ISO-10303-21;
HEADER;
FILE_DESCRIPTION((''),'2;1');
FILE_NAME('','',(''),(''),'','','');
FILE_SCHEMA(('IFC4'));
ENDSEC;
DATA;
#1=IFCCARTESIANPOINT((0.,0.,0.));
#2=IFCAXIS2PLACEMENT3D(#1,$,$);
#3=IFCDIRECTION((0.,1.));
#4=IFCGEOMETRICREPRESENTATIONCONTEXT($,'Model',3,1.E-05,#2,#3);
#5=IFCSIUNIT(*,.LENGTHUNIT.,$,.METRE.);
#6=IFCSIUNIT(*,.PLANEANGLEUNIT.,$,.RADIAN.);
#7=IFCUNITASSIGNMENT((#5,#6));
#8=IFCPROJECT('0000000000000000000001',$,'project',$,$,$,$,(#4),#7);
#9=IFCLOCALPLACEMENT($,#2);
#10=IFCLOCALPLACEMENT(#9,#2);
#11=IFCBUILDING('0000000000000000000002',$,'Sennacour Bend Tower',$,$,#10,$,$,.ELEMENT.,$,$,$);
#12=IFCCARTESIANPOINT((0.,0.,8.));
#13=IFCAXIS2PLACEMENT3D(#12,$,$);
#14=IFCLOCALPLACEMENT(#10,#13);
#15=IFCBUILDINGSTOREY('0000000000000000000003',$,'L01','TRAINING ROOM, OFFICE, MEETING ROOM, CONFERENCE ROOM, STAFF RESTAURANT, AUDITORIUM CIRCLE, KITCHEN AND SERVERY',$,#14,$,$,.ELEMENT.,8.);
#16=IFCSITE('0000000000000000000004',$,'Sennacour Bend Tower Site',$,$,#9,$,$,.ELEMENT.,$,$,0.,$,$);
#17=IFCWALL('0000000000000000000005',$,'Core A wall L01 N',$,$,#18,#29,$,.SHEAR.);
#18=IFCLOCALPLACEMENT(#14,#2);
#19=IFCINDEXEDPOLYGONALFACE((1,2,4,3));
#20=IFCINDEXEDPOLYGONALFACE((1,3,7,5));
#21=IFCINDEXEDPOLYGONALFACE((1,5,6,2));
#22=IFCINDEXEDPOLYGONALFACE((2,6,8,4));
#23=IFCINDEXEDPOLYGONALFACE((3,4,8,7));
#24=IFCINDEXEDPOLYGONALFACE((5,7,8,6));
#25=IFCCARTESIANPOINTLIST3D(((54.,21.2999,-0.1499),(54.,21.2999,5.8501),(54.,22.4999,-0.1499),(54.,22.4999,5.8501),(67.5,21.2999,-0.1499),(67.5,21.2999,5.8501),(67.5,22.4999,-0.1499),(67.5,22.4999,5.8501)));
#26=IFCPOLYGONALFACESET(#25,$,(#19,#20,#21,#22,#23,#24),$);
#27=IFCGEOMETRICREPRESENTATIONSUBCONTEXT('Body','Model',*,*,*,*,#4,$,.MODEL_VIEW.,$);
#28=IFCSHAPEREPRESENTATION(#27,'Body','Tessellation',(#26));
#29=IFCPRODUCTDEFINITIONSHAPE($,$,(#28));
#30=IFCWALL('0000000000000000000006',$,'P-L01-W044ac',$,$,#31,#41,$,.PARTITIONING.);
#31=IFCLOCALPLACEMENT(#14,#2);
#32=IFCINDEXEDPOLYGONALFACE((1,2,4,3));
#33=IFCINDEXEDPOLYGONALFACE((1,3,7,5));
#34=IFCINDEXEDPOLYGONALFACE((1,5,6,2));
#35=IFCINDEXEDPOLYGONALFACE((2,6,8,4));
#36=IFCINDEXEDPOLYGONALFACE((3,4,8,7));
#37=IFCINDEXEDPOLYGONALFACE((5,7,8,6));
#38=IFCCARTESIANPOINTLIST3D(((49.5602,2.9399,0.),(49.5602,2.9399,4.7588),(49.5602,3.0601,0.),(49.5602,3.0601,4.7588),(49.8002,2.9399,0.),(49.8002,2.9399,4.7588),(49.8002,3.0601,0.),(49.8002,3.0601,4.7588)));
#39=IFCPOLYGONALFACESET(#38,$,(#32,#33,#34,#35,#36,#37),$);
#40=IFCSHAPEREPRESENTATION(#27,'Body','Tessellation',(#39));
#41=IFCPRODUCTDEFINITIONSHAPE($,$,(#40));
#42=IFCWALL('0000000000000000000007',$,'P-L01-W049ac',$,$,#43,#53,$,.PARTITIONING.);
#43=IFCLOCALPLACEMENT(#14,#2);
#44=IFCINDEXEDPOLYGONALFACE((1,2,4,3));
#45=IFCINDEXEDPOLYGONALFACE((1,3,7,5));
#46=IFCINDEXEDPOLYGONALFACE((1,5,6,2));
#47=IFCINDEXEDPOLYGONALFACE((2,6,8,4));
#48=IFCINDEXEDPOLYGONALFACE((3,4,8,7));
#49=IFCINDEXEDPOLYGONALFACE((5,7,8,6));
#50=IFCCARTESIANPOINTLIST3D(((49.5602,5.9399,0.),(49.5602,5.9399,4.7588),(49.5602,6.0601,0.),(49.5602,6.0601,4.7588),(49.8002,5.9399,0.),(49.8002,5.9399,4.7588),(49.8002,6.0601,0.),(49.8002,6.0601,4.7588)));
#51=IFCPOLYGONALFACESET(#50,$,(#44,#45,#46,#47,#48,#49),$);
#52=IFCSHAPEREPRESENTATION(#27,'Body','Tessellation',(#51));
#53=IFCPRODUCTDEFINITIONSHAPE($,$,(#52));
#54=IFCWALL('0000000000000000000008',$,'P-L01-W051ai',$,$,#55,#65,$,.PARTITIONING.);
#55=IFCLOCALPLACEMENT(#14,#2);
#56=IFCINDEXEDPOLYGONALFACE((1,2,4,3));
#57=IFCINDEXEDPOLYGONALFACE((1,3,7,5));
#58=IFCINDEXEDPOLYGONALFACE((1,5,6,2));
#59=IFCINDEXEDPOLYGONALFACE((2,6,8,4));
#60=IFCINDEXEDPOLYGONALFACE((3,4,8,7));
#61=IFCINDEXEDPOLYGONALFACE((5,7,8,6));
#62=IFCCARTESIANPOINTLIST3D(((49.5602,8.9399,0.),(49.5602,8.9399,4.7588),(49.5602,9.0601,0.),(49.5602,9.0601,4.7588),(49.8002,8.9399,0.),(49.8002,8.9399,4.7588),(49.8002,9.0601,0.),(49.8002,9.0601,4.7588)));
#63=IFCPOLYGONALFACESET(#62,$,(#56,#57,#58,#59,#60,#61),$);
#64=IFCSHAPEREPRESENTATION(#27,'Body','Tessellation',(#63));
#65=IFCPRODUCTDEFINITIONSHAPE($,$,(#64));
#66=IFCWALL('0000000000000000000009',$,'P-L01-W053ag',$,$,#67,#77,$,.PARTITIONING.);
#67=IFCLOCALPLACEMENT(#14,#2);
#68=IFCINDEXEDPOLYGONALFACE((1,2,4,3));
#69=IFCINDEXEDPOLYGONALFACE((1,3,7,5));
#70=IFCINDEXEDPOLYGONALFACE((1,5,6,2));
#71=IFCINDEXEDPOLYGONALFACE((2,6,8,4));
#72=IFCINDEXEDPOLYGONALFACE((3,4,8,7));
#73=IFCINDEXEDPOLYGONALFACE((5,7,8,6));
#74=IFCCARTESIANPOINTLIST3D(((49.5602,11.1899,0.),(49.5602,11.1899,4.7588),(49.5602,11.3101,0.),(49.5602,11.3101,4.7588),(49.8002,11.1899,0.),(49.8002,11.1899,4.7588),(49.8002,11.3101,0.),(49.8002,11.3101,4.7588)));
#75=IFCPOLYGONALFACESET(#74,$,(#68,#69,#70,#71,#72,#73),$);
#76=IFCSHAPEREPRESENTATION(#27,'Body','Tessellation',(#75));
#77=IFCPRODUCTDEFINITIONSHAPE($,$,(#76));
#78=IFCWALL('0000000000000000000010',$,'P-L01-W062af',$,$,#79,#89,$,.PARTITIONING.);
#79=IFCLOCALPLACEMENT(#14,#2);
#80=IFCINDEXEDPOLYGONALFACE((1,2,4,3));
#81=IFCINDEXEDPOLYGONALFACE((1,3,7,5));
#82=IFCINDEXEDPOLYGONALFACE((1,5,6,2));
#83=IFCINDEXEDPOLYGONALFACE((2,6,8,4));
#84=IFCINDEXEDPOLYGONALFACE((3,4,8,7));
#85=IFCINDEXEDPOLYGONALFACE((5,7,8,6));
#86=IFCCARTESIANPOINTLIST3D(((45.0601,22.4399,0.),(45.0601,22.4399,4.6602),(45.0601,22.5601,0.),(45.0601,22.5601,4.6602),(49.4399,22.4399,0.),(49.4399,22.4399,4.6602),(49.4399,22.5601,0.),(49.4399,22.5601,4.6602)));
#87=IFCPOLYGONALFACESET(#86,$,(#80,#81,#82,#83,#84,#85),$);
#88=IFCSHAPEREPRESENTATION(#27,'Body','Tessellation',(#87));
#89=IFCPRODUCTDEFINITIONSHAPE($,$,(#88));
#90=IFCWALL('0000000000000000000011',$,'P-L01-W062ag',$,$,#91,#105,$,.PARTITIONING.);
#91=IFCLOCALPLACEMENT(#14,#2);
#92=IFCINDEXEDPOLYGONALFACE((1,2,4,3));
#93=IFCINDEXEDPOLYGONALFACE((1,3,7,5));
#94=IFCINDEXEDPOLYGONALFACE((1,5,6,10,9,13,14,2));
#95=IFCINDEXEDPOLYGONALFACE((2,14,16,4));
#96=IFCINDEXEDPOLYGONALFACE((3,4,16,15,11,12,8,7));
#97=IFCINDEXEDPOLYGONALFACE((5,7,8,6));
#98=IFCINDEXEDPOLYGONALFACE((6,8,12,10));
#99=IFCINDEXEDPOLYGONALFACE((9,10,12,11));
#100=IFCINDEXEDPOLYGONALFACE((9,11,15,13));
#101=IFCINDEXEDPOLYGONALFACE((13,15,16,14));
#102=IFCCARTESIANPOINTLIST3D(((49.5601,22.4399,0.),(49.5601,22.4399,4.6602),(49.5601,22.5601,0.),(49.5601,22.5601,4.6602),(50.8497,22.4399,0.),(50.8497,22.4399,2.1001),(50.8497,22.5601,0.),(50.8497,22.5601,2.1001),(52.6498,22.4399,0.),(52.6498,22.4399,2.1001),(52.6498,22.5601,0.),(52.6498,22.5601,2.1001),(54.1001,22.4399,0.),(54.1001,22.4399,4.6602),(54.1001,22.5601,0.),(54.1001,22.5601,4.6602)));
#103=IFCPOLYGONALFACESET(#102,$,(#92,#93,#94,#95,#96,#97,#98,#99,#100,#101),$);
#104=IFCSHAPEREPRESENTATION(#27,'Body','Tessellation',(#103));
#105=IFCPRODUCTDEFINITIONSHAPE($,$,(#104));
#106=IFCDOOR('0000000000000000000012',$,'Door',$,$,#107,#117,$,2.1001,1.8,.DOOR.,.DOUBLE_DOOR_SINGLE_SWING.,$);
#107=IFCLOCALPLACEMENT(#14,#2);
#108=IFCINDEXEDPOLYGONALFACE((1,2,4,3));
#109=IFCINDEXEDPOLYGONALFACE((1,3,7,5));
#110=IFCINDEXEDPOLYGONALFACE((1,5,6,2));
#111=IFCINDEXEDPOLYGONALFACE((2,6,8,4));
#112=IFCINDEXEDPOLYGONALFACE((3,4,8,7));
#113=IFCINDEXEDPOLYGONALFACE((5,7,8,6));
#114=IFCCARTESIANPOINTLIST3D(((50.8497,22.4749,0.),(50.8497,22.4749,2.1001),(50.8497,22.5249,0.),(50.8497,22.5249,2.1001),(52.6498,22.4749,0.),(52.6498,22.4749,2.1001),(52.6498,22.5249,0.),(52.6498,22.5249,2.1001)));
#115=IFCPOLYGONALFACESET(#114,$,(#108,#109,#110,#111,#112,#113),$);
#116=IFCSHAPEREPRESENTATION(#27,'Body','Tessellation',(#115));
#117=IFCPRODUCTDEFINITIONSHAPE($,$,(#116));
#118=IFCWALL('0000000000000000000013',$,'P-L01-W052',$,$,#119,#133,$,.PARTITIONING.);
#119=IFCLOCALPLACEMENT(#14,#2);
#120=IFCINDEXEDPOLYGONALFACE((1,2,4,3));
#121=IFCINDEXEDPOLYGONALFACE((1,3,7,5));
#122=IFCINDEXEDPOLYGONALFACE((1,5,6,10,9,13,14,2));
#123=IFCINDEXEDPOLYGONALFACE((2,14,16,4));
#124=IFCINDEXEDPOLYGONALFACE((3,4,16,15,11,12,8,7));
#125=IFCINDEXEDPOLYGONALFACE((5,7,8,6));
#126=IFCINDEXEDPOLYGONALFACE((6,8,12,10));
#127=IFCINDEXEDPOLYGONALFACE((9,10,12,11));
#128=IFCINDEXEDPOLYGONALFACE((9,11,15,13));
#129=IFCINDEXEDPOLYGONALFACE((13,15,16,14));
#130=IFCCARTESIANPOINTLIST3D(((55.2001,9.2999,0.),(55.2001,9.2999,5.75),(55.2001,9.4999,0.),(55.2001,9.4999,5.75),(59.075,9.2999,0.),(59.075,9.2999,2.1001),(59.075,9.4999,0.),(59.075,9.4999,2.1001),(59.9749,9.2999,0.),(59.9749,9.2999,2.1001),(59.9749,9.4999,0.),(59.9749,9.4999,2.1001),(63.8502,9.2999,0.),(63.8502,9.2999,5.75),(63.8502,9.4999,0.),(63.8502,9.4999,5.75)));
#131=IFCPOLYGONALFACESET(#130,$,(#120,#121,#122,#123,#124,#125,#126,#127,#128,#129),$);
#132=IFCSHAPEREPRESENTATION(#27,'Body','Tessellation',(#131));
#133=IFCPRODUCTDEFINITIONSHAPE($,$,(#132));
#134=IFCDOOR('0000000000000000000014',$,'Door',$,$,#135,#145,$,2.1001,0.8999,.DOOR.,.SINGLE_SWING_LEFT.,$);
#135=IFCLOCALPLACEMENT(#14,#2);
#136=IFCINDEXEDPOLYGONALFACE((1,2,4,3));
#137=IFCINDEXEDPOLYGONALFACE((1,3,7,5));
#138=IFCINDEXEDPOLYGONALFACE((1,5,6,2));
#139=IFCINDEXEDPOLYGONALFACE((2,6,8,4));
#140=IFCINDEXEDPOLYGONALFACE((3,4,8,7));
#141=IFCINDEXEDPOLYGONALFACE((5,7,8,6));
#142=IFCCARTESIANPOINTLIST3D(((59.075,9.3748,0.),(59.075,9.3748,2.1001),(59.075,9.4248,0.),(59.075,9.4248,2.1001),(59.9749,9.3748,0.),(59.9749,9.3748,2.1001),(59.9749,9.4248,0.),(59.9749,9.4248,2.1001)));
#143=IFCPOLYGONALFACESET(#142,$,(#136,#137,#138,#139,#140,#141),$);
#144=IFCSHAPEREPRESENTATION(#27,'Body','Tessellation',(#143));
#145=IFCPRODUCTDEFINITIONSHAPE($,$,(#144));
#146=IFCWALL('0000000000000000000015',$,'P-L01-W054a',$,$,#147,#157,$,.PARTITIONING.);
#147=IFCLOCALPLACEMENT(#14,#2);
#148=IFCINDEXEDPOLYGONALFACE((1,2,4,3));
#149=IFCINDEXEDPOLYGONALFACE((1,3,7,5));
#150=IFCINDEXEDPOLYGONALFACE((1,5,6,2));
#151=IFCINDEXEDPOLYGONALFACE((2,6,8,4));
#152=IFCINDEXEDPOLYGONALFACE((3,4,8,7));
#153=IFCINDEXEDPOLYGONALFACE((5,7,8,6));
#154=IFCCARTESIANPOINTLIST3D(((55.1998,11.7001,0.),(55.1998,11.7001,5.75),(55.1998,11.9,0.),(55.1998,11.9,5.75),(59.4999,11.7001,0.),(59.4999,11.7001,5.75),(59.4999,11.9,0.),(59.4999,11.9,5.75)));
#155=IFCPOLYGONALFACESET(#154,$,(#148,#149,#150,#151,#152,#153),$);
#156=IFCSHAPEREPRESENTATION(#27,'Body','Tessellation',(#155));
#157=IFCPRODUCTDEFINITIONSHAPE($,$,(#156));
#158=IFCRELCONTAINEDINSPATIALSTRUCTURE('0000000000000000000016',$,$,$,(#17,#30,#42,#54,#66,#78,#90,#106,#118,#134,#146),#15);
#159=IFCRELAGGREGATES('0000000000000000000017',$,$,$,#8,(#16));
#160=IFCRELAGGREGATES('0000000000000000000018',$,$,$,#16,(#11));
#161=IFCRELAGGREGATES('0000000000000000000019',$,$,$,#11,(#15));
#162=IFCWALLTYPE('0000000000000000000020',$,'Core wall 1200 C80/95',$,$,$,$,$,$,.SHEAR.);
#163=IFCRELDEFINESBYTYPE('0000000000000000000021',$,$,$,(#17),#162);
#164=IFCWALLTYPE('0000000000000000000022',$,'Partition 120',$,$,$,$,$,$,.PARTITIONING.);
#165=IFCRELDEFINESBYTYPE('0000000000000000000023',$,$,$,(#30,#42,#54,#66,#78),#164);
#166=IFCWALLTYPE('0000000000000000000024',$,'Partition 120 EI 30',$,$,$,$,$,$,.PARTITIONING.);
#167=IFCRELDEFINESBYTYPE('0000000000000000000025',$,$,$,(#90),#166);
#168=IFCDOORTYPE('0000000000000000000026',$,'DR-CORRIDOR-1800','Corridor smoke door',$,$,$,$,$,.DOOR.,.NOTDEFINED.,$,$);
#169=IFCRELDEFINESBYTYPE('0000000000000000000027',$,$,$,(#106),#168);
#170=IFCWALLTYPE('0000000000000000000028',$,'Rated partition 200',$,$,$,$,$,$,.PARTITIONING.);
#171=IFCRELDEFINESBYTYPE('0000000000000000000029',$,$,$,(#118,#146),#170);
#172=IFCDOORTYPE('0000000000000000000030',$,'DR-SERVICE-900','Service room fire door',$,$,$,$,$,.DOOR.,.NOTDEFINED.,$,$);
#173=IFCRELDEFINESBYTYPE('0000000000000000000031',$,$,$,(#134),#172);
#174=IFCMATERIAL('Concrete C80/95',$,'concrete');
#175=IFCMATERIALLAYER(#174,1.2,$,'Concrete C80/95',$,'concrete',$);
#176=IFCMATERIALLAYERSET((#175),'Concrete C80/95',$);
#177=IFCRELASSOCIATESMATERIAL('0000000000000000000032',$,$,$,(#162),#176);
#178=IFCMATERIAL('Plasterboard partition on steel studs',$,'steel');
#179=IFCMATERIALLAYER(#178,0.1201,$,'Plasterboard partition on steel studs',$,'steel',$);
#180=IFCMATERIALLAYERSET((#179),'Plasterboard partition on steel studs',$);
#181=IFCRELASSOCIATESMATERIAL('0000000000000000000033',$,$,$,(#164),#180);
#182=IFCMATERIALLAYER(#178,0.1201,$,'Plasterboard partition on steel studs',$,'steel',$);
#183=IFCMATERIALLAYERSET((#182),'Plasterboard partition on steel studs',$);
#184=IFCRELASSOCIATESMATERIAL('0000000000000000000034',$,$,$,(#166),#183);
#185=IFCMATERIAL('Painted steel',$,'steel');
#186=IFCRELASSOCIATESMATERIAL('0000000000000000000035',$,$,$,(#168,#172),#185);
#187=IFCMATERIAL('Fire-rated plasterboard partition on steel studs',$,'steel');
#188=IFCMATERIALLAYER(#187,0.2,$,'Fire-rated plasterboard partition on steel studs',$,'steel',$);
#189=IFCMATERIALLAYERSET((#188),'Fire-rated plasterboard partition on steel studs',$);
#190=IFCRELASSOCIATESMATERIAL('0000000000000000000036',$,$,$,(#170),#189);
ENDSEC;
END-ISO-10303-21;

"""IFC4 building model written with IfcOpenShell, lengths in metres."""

from ifc_helpers import new_model, si_unit, direction, frame, frame_2d, origin, place, context, subcontext, project, spatial, rectangle, extrude, material, layer, layer_set, type_object, element, fill, save


model = new_model("IFC4")

# Units and contexts
model_context = context("Model", 3, precision=1e-05, world=origin(), true_north=direction((0.0, 1.0)))
body_context = subcontext(model_context, "Body", "Model", "MODEL_VIEW")
ifc_project = project(units=[si_unit("LENGTHUNIT", "METRE"), si_unit("PLANEANGLEUNIT", "RADIAN")], contexts=[model_context])

# Site, building, storey
site_placement = place(None, origin())
site = spatial("IfcSite", under=ifc_project, at=site_placement, Name="Sennacour Bend Tower Site", CompositionType="ELEMENT", RefElevation=0.0)
building_placement = place(site_placement, origin())
building = spatial("IfcBuilding", under=site, at=building_placement, Name="Sennacour Bend Tower", CompositionType="ELEMENT")
storey_placement = place(building_placement, frame((0.0, 0.0, 8.0)))
storey = spatial("IfcBuildingStorey", under=building, at=storey_placement, Name="L01", Description="TRAINING ROOM, OFFICE, MEETING ROOM, CONFERENCE ROOM, STAFF RESTAURANT, AUDITORIUM CIRCLE, KITCHEN AND SERVERY", CompositionType="ELEMENT", Elevation=8.0)

# Walls
ifc_material_1 = material(Name="Concrete C80/95", Category="concrete")
ifc_layer_1 = layer(ifc_material_1, 1.2, Name="Concrete C80/95", Category="concrete")
ifc_layer_set_1 = layer_set([ifc_layer_1], Name="Concrete C80/95")
wall_type_1 = type_object("IfcWallType", Name="Core wall 1200 C80/95", PredefinedType="SHEAR", material=ifc_layer_set_1)
wall_1_placement = place(storey_placement, frame((54.0, 21.8999, -0.1499), z_axis=(0.0, 0.0, 1.0), x_axis=(1.0, 0.0, 0.0)))
element("IfcWall", 1, at=wall_1_placement, inside=storey, type_object=wall_type_1, Name="Core A wall L01 N", PredefinedType="SHEAR", context=body_context, shape_type="SweptSolid", body=[
    extrude(rectangle(XDim=13.5, YDim=1.2, at=frame_2d((6.75, 0.0))), origin(), (0.0, 0.0, 1.0), 6.0),
])
ifc_material_2 = material(Name="Plasterboard partition on steel studs", Category="steel")
ifc_layer_2 = layer(ifc_material_2, 0.1201, Name="Plasterboard partition on steel studs", Category="steel")
ifc_layer_set_2 = layer_set([ifc_layer_2], Name="Plasterboard partition on steel studs")
wall_type_2 = type_object("IfcWallType", Name="Partition 120", PredefinedType="PARTITIONING", material=ifc_layer_set_2)
for number, where, z_axis, x_axis, name in (
    (2, (49.5601, 3.0, 0.0), (0.0, 0.0, 1.0), (1.0, 0.0, 0.0), "P-L01-W044ac"),
    (3, (49.5601, 6.0, 0.0), (0.0, 0.0, 1.0), (1.0, 0.0, 0.0), "P-L01-W049ac"),
    (4, (49.5601, 9.0, 0.0), (0.0, 0.0, 1.0), (1.0, 0.0, 0.0), "P-L01-W051ai"),
    (5, (49.5601, 11.25, 0.0), (0.0, 0.0, 1.0), (1.0, 0.0, 0.0), "P-L01-W053ag"),
):
    element("IfcWall", number, at=place(storey_placement, frame(where, z_axis=z_axis, x_axis=x_axis)), inside=storey, type_object=wall_type_2, Name=name, PredefinedType="PARTITIONING", context=body_context, shape_type="SweptSolid", body=[
        extrude(rectangle(XDim=0.24, YDim=0.1201, at=frame_2d((0.1201, 0.0))), origin(), (0.0, 0.0, 1.0), 4.7588),
    ])
wall_2_placement = place(storey_placement, frame((45.0601, 22.5, 0.0), z_axis=(0.0, 0.0, 1.0), x_axis=(1.0, 0.0, 0.0)))
element("IfcWall", 6, at=wall_2_placement, inside=storey, type_object=wall_type_2, Name="P-L01-W062af", PredefinedType="PARTITIONING", context=body_context, shape_type="SweptSolid", body=[
    extrude(rectangle(XDim=4.3799, YDim=0.1201, at=frame_2d((2.1899, 0.0))), origin(), (0.0, 0.0, 1.0), 4.6602),
])

# Walls, openings, doors
ifc_layer_3 = layer(ifc_material_2, 0.1201, Name="Plasterboard partition on steel studs", Category="steel")
ifc_layer_set_3 = layer_set([ifc_layer_3], Name="Plasterboard partition on steel studs")
wall_type_3 = type_object("IfcWallType", Name="Partition 120 EI 30", PredefinedType="PARTITIONING", material=ifc_layer_set_3)
wall_3_placement = place(storey_placement, frame((49.5601, 22.5, 0.0), z_axis=(0.0, 0.0, 1.0), x_axis=(1.0, 0.0, 0.0)))
wall_3 = element("IfcWall", 7, at=wall_3_placement, inside=storey, type_object=wall_type_3, Name="P-L01-W062ag", PredefinedType="PARTITIONING", context=body_context, shape_type="SweptSolid", body=[
    extrude(rectangle(XDim=4.54, YDim=0.1201, at=frame_2d((2.27, 0.0))), origin(), (0.0, 0.0, 1.0), 4.6602),
])
opening_1_placement = place(wall_3_placement, frame((1.2898, 0.0, 0.0)))
opening_1 = element("IfcOpeningElement", 8, at=opening_1_placement, cuts=wall_3, PredefinedType="OPENING", context=body_context, shape_type="SweptSolid", body=[
    extrude(rectangle(XDim=1.8, YDim=2.1001, at=frame_2d((0.8999, 1.05))), frame((0.0, 0.0701, 0.0), z_axis=(0.0, -1.0, 0.0), x_axis=(1.0, 0.0, 0.0)), (0.0, 0.0, 1.0), 0.1401),
])
ifc_material_3 = material(Name="Painted steel", Category="steel")
door_type_1 = type_object("IfcDoorType", Name="DR-CORRIDOR-1800", Description="Corridor smoke door", OperationType="NOTDEFINED", PredefinedType="DOOR", material=ifc_material_3)
door_1_placement = place(opening_1_placement, origin())
door_1 = element("IfcDoor", 9, at=door_1_placement, inside=storey, type_object=door_type_1, Name="Door", OperationType="DOUBLE_DOOR_SINGLE_SWING", OverallHeight=2.1001, OverallWidth=1.8, PredefinedType="DOOR", context=body_context, shape_type="SweptSolid", body=[
    extrude(rectangle(XDim=1.8, YDim=2.1001, at=frame_2d((0.8999, 1.05))), frame((0.0, 0.0249, 0.0), z_axis=(0.0, -1.0, 0.0), x_axis=(1.0, 0.0, 0.0)), (0.0, 0.0, 1.0), 0.05),
])
fill(opening_1, door_1)
ifc_material_4 = material(Name="Fire-rated plasterboard partition on steel studs", Category="steel")
ifc_layer_4 = layer(ifc_material_4, 0.2, Name="Fire-rated plasterboard partition on steel studs", Category="steel")
ifc_layer_set_4 = layer_set([ifc_layer_4], Name="Fire-rated plasterboard partition on steel studs")
wall_type_4 = type_object("IfcWallType", Name="Rated partition 200", PredefinedType="PARTITIONING", material=ifc_layer_set_4)
wall_4_placement = place(storey_placement, frame((55.2, 9.3999, 0.0), z_axis=(0.0, 0.0, 1.0), x_axis=(1.0, 0.0, 0.0)))
wall_4 = element("IfcWall", 10, at=wall_4_placement, inside=storey, type_object=wall_type_4, Name="P-L01-W052", PredefinedType="PARTITIONING", context=body_context, shape_type="SweptSolid", body=[
    extrude(rectangle(XDim=8.6501, YDim=0.2, at=frame_2d((4.3252, 0.0))), origin(), (0.0, 0.0, 1.0), 5.75),
])
opening_2_placement = place(wall_4_placement, frame((3.875, 0.0, 0.0)))
opening_2 = element("IfcOpeningElement", 11, at=opening_2_placement, cuts=wall_4, PredefinedType="OPENING", context=body_context, shape_type="SweptSolid", body=[
    extrude(rectangle(XDim=0.8999, YDim=2.1001, at=frame_2d((0.45, 1.05))), frame((0.0, 0.1099, 0.0), z_axis=(0.0, -1.0, 0.0), x_axis=(1.0, 0.0, 0.0)), (0.0, 0.0, 1.0), 0.22),
])
door_type_2 = type_object("IfcDoorType", Name="DR-SERVICE-900", Description="Service room fire door", OperationType="NOTDEFINED", PredefinedType="DOOR", material=ifc_material_3)
door_2_placement = place(opening_2_placement, origin())
door_2 = element("IfcDoor", 12, at=door_2_placement, inside=storey, type_object=door_type_2, Name="Door", OperationType="SINGLE_SWING_LEFT", OverallHeight=2.1001, OverallWidth=0.8999, PredefinedType="DOOR", context=body_context, shape_type="SweptSolid", body=[
    extrude(rectangle(XDim=0.8999, YDim=2.1001, at=frame_2d((0.45, 1.05))), frame((0.0, 0.0249, 0.0), z_axis=(0.0, -1.0, 0.0), x_axis=(1.0, 0.0, 0.0)), (0.0, 0.0, 1.0), 0.05),
])
fill(opening_2, door_2)

# Wall
wall_5_placement = place(storey_placement, frame((55.2, 11.8, 0.0), z_axis=(0.0, 0.0, 1.0), x_axis=(1.0, 0.0, 0.0)))
element("IfcWall", 13, at=wall_5_placement, inside=storey, type_object=wall_type_4, Name="P-L01-W054a", PredefinedType="PARTITIONING", context=body_context, shape_type="SweptSolid", body=[
    extrude(rectangle(XDim=4.3, YDim=0.2, at=frame_2d((2.1499, 0.0))), origin(), (0.0, 0.0, 1.0), 5.75),
])

save(model, "model.ifc")
